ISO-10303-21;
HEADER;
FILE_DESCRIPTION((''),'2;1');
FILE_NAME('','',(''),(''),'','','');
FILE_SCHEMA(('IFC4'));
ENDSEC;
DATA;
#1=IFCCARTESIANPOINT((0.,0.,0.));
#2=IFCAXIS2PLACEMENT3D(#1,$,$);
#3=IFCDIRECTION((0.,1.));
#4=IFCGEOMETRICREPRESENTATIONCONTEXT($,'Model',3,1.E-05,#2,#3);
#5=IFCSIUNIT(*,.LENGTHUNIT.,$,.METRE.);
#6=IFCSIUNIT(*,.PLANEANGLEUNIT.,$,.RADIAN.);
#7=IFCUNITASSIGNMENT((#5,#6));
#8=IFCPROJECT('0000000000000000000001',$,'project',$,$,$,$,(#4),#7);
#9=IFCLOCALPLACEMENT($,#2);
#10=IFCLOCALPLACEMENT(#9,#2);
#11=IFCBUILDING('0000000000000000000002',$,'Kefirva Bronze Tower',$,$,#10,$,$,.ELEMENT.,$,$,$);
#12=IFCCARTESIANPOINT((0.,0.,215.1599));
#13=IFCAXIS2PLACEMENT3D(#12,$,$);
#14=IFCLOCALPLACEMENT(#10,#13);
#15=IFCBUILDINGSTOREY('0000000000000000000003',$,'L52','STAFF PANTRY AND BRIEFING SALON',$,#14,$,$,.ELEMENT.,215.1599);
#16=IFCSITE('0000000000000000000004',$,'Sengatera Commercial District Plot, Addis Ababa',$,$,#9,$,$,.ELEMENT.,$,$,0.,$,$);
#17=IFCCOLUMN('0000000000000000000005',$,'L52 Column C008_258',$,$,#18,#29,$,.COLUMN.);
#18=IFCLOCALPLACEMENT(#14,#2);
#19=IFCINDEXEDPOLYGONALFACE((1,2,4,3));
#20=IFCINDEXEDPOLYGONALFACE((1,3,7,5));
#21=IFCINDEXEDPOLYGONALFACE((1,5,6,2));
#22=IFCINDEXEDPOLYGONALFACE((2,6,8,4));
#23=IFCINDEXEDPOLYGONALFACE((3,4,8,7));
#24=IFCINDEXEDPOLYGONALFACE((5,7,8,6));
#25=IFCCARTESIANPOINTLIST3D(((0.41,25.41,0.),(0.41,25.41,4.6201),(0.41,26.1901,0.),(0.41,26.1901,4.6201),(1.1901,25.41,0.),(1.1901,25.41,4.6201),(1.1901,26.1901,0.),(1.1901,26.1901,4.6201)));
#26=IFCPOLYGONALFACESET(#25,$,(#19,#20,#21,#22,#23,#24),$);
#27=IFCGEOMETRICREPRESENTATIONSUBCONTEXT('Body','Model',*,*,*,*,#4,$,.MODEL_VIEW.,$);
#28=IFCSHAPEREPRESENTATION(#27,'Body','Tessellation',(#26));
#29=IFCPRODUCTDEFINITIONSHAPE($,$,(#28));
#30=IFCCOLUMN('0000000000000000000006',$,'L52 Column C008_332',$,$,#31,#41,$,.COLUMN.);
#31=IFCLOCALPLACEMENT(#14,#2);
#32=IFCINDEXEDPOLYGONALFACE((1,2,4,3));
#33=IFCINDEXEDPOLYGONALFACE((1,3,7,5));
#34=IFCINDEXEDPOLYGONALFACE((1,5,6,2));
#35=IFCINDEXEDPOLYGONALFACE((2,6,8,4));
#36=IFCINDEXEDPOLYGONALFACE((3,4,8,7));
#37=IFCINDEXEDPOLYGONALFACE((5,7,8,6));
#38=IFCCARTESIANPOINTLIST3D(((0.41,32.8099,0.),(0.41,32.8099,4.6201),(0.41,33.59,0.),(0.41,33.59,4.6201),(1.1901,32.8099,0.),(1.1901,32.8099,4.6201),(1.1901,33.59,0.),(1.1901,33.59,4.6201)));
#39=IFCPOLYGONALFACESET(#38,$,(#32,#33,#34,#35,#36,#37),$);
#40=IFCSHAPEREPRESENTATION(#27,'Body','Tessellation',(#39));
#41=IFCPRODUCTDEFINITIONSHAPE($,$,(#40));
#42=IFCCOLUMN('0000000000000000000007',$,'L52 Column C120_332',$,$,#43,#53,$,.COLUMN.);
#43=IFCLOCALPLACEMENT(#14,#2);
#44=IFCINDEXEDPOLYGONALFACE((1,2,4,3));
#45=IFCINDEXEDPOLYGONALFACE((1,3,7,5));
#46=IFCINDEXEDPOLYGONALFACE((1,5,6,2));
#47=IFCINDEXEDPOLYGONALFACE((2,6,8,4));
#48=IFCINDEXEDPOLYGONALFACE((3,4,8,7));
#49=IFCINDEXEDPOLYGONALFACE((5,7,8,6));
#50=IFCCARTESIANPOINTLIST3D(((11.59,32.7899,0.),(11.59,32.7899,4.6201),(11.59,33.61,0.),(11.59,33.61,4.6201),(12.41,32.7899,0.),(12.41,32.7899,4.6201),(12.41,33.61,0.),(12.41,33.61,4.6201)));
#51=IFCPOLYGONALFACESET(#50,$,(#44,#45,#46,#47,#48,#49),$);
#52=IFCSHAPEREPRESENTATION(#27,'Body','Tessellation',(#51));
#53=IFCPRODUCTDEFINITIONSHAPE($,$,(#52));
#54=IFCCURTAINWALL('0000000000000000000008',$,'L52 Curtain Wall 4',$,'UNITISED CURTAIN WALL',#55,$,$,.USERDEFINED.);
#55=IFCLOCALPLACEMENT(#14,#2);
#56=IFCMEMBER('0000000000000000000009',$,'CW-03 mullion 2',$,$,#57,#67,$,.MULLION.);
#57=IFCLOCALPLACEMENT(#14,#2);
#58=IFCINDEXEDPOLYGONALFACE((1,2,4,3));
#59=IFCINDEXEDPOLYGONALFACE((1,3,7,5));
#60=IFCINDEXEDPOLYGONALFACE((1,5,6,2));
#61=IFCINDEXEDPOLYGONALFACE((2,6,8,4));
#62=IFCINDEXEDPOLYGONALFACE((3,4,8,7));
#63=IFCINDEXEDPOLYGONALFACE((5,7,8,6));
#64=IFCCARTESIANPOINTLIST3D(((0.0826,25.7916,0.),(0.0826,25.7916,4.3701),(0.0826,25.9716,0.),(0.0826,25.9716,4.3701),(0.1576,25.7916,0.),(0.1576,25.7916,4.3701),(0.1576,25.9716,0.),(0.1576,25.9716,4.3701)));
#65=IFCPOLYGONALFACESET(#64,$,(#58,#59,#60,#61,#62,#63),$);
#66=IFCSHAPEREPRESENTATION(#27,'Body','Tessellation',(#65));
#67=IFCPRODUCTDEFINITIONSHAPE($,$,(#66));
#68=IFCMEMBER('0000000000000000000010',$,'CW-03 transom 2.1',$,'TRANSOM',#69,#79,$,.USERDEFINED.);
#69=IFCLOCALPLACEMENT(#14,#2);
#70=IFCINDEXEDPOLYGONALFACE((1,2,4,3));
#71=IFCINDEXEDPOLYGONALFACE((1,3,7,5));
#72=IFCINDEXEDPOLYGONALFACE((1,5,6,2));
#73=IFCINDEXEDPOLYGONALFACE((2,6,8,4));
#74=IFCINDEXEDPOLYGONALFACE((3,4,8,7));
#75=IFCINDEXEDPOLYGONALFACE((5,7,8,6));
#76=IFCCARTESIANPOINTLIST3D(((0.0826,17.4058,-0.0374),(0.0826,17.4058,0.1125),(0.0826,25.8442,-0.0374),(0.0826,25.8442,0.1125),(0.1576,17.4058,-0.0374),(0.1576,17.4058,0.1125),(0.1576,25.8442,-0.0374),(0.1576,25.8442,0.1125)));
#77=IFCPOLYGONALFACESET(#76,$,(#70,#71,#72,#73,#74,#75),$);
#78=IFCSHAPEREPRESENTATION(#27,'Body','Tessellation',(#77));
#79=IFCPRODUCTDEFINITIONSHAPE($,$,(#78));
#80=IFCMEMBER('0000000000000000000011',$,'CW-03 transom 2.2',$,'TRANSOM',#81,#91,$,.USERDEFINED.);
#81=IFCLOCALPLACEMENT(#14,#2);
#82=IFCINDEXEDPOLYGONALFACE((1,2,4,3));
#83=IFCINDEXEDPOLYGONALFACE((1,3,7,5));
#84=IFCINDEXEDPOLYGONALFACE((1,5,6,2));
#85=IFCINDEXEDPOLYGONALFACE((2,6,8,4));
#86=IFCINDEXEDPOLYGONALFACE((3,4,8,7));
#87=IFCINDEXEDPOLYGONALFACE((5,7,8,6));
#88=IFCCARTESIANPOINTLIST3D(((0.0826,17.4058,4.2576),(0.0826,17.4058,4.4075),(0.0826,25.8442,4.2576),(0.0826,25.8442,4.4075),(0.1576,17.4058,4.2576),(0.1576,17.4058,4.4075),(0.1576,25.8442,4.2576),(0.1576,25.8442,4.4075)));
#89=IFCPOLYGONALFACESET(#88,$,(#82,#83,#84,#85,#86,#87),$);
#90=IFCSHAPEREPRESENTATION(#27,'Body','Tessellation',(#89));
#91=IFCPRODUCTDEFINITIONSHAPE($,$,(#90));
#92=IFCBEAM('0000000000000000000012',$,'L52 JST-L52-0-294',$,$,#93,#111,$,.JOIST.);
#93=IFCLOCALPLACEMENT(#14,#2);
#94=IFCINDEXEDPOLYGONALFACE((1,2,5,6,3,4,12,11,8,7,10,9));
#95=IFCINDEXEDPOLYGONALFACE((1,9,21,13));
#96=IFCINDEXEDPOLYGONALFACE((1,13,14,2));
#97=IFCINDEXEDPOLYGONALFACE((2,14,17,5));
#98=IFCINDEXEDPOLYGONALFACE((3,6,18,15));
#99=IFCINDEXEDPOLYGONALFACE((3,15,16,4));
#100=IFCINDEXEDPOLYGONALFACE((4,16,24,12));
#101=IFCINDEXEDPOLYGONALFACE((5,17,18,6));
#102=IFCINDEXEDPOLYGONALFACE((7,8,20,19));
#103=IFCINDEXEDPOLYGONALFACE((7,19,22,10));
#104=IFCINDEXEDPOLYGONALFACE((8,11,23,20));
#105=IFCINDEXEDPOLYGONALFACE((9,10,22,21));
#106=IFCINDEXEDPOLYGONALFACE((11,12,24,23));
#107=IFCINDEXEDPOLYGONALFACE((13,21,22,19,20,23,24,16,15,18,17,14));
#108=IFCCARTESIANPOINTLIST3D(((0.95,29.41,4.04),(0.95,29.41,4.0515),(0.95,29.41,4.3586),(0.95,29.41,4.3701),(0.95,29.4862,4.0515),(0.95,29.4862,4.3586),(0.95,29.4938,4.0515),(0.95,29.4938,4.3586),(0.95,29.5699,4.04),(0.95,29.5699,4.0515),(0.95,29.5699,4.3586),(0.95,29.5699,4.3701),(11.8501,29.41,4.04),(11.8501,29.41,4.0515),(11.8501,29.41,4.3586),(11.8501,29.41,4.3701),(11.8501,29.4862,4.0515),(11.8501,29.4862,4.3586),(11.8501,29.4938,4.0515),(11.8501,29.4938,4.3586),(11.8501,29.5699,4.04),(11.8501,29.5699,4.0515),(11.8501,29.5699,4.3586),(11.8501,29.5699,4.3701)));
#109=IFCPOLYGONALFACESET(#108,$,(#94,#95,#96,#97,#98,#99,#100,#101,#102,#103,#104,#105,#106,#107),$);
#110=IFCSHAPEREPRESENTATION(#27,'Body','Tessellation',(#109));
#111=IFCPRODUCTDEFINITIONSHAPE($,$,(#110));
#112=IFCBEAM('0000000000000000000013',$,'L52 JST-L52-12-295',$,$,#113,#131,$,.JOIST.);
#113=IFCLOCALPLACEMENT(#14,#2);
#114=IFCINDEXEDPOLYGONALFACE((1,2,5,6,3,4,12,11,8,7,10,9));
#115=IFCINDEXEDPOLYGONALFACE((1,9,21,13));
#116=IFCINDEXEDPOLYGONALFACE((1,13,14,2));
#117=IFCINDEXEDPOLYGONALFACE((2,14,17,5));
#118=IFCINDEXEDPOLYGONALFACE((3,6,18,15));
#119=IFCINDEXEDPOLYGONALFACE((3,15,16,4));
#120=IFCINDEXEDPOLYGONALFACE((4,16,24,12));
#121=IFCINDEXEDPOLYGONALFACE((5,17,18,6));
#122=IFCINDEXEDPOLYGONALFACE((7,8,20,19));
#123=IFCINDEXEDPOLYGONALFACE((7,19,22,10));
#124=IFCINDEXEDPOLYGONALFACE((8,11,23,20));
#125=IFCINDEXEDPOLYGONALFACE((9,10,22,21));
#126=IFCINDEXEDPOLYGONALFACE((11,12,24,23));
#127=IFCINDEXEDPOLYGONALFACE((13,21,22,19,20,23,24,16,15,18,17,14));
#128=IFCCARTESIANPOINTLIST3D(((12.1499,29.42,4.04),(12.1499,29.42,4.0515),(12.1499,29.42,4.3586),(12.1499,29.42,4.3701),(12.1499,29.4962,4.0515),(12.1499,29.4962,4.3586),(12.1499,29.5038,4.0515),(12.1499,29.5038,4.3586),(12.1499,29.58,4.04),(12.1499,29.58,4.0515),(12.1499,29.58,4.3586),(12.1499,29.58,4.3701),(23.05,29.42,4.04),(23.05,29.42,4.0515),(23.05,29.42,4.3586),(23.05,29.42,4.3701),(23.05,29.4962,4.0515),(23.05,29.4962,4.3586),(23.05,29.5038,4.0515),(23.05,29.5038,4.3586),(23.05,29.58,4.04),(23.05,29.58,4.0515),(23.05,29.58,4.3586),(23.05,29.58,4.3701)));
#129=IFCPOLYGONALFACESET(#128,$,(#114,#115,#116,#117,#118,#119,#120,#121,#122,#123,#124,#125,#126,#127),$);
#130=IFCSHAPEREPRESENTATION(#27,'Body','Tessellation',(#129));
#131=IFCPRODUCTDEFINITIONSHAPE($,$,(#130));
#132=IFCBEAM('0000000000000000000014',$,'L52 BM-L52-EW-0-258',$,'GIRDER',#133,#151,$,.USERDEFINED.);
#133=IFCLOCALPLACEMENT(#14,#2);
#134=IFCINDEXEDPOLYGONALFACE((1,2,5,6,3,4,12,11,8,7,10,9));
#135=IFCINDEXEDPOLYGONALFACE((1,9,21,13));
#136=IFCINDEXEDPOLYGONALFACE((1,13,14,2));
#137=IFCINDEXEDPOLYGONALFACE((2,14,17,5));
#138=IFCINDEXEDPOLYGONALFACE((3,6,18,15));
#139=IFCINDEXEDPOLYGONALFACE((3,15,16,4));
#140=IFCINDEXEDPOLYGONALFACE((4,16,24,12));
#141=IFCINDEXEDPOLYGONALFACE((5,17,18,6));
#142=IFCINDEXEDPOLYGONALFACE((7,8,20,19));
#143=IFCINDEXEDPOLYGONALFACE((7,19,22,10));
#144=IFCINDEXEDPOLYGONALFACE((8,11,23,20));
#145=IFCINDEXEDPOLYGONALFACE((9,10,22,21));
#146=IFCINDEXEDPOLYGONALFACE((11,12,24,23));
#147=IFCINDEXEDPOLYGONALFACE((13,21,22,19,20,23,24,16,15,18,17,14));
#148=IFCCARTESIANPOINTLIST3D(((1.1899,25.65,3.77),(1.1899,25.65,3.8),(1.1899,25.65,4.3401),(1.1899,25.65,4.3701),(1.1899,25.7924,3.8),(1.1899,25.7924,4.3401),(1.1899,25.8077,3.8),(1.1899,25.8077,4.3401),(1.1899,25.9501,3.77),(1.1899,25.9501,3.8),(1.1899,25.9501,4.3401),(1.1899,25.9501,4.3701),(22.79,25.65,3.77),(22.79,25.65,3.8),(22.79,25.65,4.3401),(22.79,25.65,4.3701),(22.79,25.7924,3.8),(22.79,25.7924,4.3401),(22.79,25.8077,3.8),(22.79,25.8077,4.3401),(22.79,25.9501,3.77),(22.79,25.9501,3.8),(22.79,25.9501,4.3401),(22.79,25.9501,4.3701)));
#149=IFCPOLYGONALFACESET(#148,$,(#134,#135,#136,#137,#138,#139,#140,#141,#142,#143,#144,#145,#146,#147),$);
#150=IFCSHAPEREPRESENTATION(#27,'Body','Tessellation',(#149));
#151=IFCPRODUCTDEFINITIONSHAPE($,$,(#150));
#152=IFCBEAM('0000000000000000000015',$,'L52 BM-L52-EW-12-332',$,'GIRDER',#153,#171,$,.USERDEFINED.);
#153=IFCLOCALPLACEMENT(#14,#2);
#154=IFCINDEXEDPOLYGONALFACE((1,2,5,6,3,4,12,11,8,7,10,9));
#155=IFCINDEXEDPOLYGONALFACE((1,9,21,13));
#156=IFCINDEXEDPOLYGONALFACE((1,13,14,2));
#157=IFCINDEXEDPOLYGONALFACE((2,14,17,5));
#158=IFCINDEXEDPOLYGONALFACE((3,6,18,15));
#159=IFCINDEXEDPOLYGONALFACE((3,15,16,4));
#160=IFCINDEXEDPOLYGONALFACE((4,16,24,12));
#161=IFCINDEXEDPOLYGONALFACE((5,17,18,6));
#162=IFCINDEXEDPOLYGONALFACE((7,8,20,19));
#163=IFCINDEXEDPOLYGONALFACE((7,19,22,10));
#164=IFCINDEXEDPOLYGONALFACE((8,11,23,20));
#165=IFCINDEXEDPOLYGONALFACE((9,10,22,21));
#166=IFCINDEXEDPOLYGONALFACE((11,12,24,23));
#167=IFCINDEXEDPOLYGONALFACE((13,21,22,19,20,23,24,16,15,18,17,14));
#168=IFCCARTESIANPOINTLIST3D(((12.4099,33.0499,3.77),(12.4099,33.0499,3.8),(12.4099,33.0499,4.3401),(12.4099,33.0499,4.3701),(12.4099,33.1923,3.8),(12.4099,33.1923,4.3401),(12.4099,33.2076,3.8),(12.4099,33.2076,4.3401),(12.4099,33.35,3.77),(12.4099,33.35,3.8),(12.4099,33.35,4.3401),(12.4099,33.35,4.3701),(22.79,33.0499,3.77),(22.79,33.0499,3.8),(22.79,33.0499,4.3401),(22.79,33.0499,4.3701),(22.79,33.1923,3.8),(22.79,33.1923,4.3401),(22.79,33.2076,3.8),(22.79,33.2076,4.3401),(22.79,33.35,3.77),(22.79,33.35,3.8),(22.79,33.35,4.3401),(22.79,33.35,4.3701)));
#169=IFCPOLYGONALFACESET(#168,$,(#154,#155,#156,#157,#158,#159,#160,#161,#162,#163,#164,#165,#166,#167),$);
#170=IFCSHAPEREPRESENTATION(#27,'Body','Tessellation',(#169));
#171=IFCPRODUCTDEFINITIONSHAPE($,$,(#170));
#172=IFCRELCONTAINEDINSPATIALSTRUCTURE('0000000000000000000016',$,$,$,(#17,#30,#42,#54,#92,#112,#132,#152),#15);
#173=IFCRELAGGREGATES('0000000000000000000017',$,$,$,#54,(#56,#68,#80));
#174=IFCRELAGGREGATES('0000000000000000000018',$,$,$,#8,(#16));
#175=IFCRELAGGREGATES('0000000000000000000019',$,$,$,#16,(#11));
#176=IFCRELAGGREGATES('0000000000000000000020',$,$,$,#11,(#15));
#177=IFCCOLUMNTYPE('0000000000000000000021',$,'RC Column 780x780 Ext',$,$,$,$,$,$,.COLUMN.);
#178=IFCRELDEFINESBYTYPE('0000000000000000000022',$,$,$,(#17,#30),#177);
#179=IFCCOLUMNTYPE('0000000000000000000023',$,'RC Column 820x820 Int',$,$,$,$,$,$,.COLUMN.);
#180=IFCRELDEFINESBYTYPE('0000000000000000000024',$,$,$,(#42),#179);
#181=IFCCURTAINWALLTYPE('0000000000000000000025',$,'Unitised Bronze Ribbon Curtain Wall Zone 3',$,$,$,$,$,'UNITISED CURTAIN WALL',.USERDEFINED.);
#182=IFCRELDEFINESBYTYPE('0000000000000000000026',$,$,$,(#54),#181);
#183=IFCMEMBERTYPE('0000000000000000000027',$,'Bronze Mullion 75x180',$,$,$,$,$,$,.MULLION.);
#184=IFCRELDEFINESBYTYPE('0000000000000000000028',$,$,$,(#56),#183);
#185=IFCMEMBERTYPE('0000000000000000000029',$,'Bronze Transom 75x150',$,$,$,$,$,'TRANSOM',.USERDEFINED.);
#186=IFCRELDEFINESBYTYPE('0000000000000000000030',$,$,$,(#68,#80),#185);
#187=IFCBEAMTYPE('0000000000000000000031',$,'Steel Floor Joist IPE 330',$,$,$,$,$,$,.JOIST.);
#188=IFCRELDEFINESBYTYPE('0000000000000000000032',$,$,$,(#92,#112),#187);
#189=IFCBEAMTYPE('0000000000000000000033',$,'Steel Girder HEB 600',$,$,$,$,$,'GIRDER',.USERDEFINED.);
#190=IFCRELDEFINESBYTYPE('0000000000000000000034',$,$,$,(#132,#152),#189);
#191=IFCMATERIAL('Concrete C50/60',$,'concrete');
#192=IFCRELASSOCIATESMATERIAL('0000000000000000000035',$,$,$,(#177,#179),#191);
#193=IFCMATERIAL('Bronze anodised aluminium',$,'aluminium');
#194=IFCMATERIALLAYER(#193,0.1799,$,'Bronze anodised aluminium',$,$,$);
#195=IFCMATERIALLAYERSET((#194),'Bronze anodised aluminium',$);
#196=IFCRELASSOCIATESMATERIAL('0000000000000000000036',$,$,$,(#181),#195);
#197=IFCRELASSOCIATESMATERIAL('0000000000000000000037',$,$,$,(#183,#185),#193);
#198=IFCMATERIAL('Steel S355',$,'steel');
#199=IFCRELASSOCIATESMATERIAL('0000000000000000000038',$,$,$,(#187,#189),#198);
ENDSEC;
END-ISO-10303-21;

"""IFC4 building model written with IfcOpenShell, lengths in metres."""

from ifc_helpers import new_model, si_unit, direction, frame, origin, origin_2d, place, context, subcontext, project, spatial, rectangle, i_section, extrude, material, layer, layer_set, material_profile, profile_set, type_object, element, aggregate, save


model = new_model("IFC4")

# Units and contexts
model_context = context("Model", 3, precision=1e-05, world=origin(), true_north=direction((0.0, 1.0)))
body_context = subcontext(model_context, "Body", "Model", "MODEL_VIEW")
ifc_project = project(units=[si_unit("LENGTHUNIT", "METRE"), si_unit("PLANEANGLEUNIT", "RADIAN")], contexts=[model_context])

# Site, building, storey
site_placement = place(None, origin())
site = spatial("IfcSite", under=ifc_project, at=site_placement, Name="Sengatera Commercial District Plot, Addis Ababa", CompositionType="ELEMENT", RefElevation=0.0)
building_placement = place(site_placement, origin())
building = spatial("IfcBuilding", under=site, at=building_placement, Name="Kefirva Bronze Tower", CompositionType="ELEMENT")
storey_placement = place(building_placement, frame((0.0, 0.0, 215.1599)))
storey = spatial("IfcBuildingStorey", under=building, at=storey_placement, Name="L52", Description="STAFF PANTRY AND BRIEFING SALON", CompositionType="ELEMENT", Elevation=215.1599)

# Columns
ifc_material_1 = material(Name="Concrete C50/60", Category="concrete")
ifc_material_profile_1 = material_profile(ifc_material_1, rectangle(XDim=0.78, YDim=0.78, at=origin_2d()), Name="RC 780x780")
ifc_profile_set_1 = profile_set([ifc_material_profile_1], Name="Concrete C50/60")
column_type_1 = type_object("IfcColumnType", Name="RC Column 780x780 Ext", PredefinedType="COLUMN", material=ifc_profile_set_1)
for number, where, z_axis, x_axis, name in (
    (1, (0.8, 25.8, 0.0), (0.0, 0.0, 1.0), (1.0, 0.0, 0.0), "L52 Column C008_258"),
    (2, (0.8, 33.2, 0.0), (0.0, 0.0, 1.0), (1.0, 0.0, 0.0), "L52 Column C008_332"),
):
    element("IfcColumn", number, at=place(storey_placement, frame(where, z_axis=z_axis, x_axis=x_axis)), inside=storey, type_object=column_type_1, Name=name, PredefinedType="COLUMN", context=body_context, shape_type="SweptSolid", body=[
        extrude(rectangle(XDim=0.78, YDim=0.78, at=origin_2d()), origin(), (0.0, 0.0, 1.0), 4.6201),
    ])
ifc_material_profile_2 = material_profile(ifc_material_1, rectangle(XDim=0.8201, YDim=0.8201, at=origin_2d()), Name="RC 820x820")
ifc_profile_set_2 = profile_set([ifc_material_profile_2], Name="Concrete C50/60")
column_type_2 = type_object("IfcColumnType", Name="RC Column 820x820 Int", PredefinedType="COLUMN", material=ifc_profile_set_2)
column_placement = place(storey_placement, frame((12.0, 33.2, 0.0), z_axis=(0.0, 0.0, 1.0), x_axis=(1.0, 0.0, 0.0)))
element("IfcColumn", 3, at=column_placement, inside=storey, type_object=column_type_2, Name="L52 Column C120_332", PredefinedType="COLUMN", context=body_context, shape_type="SweptSolid", body=[
    extrude(rectangle(XDim=0.8201, YDim=0.8201, at=origin_2d()), origin(), (0.0, 0.0, 1.0), 4.6201),
])

# Curtain wall, members
ifc_material_2 = material(Name="Bronze anodised aluminium", Category="aluminium")
ifc_layer_1 = layer(ifc_material_2, 0.1799, Name="Bronze anodised aluminium")
ifc_layer_set_1 = layer_set([ifc_layer_1], Name="Bronze anodised aluminium")
curtain_wall_type = type_object("IfcCurtainWallType", Name="Unitised Bronze Ribbon Curtain Wall Zone 3", ElementType="UNITISED CURTAIN WALL", PredefinedType="USERDEFINED", material=ifc_layer_set_1)
curtain_wall_placement = place(storey_placement, origin())
curtain_wall = element("IfcCurtainWall", 4, at=curtain_wall_placement, inside=storey, type_object=curtain_wall_type, Name="L52 Curtain Wall 4", ObjectType="UNITISED CURTAIN WALL", PredefinedType="USERDEFINED")
ifc_material_profile_3 = material_profile(ifc_material_2, rectangle(XDim=0.075, YDim=0.1799, at=origin_2d()), Name="ALU 75x180")
ifc_profile_set_3 = profile_set([ifc_material_profile_3], Name="Bronze anodised aluminium")
member_type_1 = type_object("IfcMemberType", Name="Bronze Mullion 75x180", PredefinedType="MULLION", material=ifc_profile_set_3)
member_1_placement = place(storey_placement, frame((0.1201, 25.8816, 0.0), z_axis=(0.0, 0.0, 1.0), x_axis=(1.0, 0.0, 0.0)))
member_1 = element("IfcMember", 5, at=member_1_placement, type_object=member_type_1, Name="CW-03 mullion 2", PredefinedType="MULLION", context=body_context, shape_type="SweptSolid", body=[
    extrude(rectangle(XDim=0.075, YDim=0.1799, at=origin_2d()), origin(), (0.0, 0.0, 1.0), 4.3701),
])
ifc_material_profile_4 = material_profile(ifc_material_2, rectangle(XDim=0.075, YDim=0.1499, at=origin_2d()), Name="ALU 75x150")
ifc_profile_set_4 = profile_set([ifc_material_profile_4], Name="Bronze anodised aluminium")
member_type_2 = type_object("IfcMemberType", Name="Bronze Transom 75x150", ElementType="TRANSOM", PredefinedType="USERDEFINED", material=ifc_profile_set_4)
member_2_placement = place(storey_placement, frame((0.1201, 25.8442, 0.0376), z_axis=(0.0, -1.0, 0.0), x_axis=(1.0, 0.0, 0.0)))
member_2 = element("IfcMember", 6, at=member_2_placement, type_object=member_type_2, Name="CW-03 transom 2.1", ObjectType="TRANSOM", PredefinedType="USERDEFINED", context=body_context, shape_type="SweptSolid", body=[
    extrude(rectangle(XDim=0.075, YDim=0.1499, at=origin_2d()), origin(), (0.0, 0.0, 1.0), 8.4385),
])
member_3_placement = place(storey_placement, frame((0.1201, 25.8442, 4.3325), z_axis=(0.0, -1.0, 0.0), x_axis=(1.0, 0.0, 0.0)))
member_3 = element("IfcMember", 7, at=member_3_placement, type_object=member_type_2, Name="CW-03 transom 2.2", ObjectType="TRANSOM", PredefinedType="USERDEFINED", context=body_context, shape_type="SweptSolid", body=[
    extrude(rectangle(XDim=0.075, YDim=0.1499, at=origin_2d()), origin(), (0.0, 0.0, 1.0), 8.4385),
])

# Beams
ifc_material_3 = material(Name="Steel S355", Category="steel")
ifc_material_profile_5 = material_profile(ifc_material_3, i_section(OverallWidth=0.1599, OverallDepth=0.3301, WebThickness=0.0076, FlangeThickness=0.0115, at=origin_2d()), Name="IPE 330")
ifc_profile_set_5 = profile_set([ifc_material_profile_5], Name="Steel S355")
beam_type_1 = type_object("IfcBeamType", Name="Steel Floor Joist IPE 330", PredefinedType="JOIST", material=ifc_profile_set_5)
for number, where, z_axis, x_axis, name in (
    (8, (0.95, 29.49, 4.2051), (1.0, 0.0, 0.0), (0.0, 1.0, 0.0), "L52 JST-L52-0-294"),
    (9, (12.1499, 29.5, 4.2051), (1.0, 0.0, 0.0), (0.0, 1.0, 0.0), "L52 JST-L52-12-295"),
):
    element("IfcBeam", number, at=place(storey_placement, frame(where, z_axis=z_axis, x_axis=x_axis)), inside=storey, type_object=beam_type_1, Name=name, PredefinedType="JOIST", context=body_context, shape_type="SweptSolid", body=[
        extrude(i_section(OverallWidth=0.1599, OverallDepth=0.3301, WebThickness=0.0076, FlangeThickness=0.0115, at=origin_2d()), origin(), (0.0, 0.0, 1.0), 10.9001),
    ])
ifc_material_profile_6 = material_profile(ifc_material_3, i_section(OverallWidth=0.3, OverallDepth=0.6001, WebThickness=0.0154, FlangeThickness=0.03, at=origin_2d()), Name="HEB 600")
ifc_profile_set_6 = profile_set([ifc_material_profile_6], Name="Steel S355")
beam_type_2 = type_object("IfcBeamType", Name="Steel Girder HEB 600", ElementType="GIRDER", PredefinedType="USERDEFINED", material=ifc_profile_set_6)
beam_1_placement = place(storey_placement, frame((1.1899, 25.8, 4.0701), z_axis=(1.0, 0.0, 0.0), x_axis=(0.0, 1.0, 0.0)))
element("IfcBeam", 10, at=beam_1_placement, inside=storey, type_object=beam_type_2, Name="L52 BM-L52-EW-0-258", ObjectType="GIRDER", PredefinedType="USERDEFINED", context=body_context, shape_type="SweptSolid", body=[
    extrude(i_section(OverallWidth=0.3, OverallDepth=0.6001, WebThickness=0.0154, FlangeThickness=0.03, at=origin_2d()), origin(), (0.0, 0.0, 1.0), 21.6001),
])
beam_2_placement = place(storey_placement, frame((12.4099, 33.2, 4.0701), z_axis=(1.0, 0.0, 0.0), x_axis=(0.0, 1.0, 0.0)))
element("IfcBeam", 11, at=beam_2_placement, inside=storey, type_object=beam_type_2, Name="L52 BM-L52-EW-12-332", ObjectType="GIRDER", PredefinedType="USERDEFINED", context=body_context, shape_type="SweptSolid", body=[
    extrude(i_section(OverallWidth=0.3, OverallDepth=0.6001, WebThickness=0.0154, FlangeThickness=0.03, at=origin_2d()), origin(), (0.0, 0.0, 1.0), 10.3801),
])

aggregate(curtain_wall, [member_1, member_2, member_3])

save(model, "model.ifc")
